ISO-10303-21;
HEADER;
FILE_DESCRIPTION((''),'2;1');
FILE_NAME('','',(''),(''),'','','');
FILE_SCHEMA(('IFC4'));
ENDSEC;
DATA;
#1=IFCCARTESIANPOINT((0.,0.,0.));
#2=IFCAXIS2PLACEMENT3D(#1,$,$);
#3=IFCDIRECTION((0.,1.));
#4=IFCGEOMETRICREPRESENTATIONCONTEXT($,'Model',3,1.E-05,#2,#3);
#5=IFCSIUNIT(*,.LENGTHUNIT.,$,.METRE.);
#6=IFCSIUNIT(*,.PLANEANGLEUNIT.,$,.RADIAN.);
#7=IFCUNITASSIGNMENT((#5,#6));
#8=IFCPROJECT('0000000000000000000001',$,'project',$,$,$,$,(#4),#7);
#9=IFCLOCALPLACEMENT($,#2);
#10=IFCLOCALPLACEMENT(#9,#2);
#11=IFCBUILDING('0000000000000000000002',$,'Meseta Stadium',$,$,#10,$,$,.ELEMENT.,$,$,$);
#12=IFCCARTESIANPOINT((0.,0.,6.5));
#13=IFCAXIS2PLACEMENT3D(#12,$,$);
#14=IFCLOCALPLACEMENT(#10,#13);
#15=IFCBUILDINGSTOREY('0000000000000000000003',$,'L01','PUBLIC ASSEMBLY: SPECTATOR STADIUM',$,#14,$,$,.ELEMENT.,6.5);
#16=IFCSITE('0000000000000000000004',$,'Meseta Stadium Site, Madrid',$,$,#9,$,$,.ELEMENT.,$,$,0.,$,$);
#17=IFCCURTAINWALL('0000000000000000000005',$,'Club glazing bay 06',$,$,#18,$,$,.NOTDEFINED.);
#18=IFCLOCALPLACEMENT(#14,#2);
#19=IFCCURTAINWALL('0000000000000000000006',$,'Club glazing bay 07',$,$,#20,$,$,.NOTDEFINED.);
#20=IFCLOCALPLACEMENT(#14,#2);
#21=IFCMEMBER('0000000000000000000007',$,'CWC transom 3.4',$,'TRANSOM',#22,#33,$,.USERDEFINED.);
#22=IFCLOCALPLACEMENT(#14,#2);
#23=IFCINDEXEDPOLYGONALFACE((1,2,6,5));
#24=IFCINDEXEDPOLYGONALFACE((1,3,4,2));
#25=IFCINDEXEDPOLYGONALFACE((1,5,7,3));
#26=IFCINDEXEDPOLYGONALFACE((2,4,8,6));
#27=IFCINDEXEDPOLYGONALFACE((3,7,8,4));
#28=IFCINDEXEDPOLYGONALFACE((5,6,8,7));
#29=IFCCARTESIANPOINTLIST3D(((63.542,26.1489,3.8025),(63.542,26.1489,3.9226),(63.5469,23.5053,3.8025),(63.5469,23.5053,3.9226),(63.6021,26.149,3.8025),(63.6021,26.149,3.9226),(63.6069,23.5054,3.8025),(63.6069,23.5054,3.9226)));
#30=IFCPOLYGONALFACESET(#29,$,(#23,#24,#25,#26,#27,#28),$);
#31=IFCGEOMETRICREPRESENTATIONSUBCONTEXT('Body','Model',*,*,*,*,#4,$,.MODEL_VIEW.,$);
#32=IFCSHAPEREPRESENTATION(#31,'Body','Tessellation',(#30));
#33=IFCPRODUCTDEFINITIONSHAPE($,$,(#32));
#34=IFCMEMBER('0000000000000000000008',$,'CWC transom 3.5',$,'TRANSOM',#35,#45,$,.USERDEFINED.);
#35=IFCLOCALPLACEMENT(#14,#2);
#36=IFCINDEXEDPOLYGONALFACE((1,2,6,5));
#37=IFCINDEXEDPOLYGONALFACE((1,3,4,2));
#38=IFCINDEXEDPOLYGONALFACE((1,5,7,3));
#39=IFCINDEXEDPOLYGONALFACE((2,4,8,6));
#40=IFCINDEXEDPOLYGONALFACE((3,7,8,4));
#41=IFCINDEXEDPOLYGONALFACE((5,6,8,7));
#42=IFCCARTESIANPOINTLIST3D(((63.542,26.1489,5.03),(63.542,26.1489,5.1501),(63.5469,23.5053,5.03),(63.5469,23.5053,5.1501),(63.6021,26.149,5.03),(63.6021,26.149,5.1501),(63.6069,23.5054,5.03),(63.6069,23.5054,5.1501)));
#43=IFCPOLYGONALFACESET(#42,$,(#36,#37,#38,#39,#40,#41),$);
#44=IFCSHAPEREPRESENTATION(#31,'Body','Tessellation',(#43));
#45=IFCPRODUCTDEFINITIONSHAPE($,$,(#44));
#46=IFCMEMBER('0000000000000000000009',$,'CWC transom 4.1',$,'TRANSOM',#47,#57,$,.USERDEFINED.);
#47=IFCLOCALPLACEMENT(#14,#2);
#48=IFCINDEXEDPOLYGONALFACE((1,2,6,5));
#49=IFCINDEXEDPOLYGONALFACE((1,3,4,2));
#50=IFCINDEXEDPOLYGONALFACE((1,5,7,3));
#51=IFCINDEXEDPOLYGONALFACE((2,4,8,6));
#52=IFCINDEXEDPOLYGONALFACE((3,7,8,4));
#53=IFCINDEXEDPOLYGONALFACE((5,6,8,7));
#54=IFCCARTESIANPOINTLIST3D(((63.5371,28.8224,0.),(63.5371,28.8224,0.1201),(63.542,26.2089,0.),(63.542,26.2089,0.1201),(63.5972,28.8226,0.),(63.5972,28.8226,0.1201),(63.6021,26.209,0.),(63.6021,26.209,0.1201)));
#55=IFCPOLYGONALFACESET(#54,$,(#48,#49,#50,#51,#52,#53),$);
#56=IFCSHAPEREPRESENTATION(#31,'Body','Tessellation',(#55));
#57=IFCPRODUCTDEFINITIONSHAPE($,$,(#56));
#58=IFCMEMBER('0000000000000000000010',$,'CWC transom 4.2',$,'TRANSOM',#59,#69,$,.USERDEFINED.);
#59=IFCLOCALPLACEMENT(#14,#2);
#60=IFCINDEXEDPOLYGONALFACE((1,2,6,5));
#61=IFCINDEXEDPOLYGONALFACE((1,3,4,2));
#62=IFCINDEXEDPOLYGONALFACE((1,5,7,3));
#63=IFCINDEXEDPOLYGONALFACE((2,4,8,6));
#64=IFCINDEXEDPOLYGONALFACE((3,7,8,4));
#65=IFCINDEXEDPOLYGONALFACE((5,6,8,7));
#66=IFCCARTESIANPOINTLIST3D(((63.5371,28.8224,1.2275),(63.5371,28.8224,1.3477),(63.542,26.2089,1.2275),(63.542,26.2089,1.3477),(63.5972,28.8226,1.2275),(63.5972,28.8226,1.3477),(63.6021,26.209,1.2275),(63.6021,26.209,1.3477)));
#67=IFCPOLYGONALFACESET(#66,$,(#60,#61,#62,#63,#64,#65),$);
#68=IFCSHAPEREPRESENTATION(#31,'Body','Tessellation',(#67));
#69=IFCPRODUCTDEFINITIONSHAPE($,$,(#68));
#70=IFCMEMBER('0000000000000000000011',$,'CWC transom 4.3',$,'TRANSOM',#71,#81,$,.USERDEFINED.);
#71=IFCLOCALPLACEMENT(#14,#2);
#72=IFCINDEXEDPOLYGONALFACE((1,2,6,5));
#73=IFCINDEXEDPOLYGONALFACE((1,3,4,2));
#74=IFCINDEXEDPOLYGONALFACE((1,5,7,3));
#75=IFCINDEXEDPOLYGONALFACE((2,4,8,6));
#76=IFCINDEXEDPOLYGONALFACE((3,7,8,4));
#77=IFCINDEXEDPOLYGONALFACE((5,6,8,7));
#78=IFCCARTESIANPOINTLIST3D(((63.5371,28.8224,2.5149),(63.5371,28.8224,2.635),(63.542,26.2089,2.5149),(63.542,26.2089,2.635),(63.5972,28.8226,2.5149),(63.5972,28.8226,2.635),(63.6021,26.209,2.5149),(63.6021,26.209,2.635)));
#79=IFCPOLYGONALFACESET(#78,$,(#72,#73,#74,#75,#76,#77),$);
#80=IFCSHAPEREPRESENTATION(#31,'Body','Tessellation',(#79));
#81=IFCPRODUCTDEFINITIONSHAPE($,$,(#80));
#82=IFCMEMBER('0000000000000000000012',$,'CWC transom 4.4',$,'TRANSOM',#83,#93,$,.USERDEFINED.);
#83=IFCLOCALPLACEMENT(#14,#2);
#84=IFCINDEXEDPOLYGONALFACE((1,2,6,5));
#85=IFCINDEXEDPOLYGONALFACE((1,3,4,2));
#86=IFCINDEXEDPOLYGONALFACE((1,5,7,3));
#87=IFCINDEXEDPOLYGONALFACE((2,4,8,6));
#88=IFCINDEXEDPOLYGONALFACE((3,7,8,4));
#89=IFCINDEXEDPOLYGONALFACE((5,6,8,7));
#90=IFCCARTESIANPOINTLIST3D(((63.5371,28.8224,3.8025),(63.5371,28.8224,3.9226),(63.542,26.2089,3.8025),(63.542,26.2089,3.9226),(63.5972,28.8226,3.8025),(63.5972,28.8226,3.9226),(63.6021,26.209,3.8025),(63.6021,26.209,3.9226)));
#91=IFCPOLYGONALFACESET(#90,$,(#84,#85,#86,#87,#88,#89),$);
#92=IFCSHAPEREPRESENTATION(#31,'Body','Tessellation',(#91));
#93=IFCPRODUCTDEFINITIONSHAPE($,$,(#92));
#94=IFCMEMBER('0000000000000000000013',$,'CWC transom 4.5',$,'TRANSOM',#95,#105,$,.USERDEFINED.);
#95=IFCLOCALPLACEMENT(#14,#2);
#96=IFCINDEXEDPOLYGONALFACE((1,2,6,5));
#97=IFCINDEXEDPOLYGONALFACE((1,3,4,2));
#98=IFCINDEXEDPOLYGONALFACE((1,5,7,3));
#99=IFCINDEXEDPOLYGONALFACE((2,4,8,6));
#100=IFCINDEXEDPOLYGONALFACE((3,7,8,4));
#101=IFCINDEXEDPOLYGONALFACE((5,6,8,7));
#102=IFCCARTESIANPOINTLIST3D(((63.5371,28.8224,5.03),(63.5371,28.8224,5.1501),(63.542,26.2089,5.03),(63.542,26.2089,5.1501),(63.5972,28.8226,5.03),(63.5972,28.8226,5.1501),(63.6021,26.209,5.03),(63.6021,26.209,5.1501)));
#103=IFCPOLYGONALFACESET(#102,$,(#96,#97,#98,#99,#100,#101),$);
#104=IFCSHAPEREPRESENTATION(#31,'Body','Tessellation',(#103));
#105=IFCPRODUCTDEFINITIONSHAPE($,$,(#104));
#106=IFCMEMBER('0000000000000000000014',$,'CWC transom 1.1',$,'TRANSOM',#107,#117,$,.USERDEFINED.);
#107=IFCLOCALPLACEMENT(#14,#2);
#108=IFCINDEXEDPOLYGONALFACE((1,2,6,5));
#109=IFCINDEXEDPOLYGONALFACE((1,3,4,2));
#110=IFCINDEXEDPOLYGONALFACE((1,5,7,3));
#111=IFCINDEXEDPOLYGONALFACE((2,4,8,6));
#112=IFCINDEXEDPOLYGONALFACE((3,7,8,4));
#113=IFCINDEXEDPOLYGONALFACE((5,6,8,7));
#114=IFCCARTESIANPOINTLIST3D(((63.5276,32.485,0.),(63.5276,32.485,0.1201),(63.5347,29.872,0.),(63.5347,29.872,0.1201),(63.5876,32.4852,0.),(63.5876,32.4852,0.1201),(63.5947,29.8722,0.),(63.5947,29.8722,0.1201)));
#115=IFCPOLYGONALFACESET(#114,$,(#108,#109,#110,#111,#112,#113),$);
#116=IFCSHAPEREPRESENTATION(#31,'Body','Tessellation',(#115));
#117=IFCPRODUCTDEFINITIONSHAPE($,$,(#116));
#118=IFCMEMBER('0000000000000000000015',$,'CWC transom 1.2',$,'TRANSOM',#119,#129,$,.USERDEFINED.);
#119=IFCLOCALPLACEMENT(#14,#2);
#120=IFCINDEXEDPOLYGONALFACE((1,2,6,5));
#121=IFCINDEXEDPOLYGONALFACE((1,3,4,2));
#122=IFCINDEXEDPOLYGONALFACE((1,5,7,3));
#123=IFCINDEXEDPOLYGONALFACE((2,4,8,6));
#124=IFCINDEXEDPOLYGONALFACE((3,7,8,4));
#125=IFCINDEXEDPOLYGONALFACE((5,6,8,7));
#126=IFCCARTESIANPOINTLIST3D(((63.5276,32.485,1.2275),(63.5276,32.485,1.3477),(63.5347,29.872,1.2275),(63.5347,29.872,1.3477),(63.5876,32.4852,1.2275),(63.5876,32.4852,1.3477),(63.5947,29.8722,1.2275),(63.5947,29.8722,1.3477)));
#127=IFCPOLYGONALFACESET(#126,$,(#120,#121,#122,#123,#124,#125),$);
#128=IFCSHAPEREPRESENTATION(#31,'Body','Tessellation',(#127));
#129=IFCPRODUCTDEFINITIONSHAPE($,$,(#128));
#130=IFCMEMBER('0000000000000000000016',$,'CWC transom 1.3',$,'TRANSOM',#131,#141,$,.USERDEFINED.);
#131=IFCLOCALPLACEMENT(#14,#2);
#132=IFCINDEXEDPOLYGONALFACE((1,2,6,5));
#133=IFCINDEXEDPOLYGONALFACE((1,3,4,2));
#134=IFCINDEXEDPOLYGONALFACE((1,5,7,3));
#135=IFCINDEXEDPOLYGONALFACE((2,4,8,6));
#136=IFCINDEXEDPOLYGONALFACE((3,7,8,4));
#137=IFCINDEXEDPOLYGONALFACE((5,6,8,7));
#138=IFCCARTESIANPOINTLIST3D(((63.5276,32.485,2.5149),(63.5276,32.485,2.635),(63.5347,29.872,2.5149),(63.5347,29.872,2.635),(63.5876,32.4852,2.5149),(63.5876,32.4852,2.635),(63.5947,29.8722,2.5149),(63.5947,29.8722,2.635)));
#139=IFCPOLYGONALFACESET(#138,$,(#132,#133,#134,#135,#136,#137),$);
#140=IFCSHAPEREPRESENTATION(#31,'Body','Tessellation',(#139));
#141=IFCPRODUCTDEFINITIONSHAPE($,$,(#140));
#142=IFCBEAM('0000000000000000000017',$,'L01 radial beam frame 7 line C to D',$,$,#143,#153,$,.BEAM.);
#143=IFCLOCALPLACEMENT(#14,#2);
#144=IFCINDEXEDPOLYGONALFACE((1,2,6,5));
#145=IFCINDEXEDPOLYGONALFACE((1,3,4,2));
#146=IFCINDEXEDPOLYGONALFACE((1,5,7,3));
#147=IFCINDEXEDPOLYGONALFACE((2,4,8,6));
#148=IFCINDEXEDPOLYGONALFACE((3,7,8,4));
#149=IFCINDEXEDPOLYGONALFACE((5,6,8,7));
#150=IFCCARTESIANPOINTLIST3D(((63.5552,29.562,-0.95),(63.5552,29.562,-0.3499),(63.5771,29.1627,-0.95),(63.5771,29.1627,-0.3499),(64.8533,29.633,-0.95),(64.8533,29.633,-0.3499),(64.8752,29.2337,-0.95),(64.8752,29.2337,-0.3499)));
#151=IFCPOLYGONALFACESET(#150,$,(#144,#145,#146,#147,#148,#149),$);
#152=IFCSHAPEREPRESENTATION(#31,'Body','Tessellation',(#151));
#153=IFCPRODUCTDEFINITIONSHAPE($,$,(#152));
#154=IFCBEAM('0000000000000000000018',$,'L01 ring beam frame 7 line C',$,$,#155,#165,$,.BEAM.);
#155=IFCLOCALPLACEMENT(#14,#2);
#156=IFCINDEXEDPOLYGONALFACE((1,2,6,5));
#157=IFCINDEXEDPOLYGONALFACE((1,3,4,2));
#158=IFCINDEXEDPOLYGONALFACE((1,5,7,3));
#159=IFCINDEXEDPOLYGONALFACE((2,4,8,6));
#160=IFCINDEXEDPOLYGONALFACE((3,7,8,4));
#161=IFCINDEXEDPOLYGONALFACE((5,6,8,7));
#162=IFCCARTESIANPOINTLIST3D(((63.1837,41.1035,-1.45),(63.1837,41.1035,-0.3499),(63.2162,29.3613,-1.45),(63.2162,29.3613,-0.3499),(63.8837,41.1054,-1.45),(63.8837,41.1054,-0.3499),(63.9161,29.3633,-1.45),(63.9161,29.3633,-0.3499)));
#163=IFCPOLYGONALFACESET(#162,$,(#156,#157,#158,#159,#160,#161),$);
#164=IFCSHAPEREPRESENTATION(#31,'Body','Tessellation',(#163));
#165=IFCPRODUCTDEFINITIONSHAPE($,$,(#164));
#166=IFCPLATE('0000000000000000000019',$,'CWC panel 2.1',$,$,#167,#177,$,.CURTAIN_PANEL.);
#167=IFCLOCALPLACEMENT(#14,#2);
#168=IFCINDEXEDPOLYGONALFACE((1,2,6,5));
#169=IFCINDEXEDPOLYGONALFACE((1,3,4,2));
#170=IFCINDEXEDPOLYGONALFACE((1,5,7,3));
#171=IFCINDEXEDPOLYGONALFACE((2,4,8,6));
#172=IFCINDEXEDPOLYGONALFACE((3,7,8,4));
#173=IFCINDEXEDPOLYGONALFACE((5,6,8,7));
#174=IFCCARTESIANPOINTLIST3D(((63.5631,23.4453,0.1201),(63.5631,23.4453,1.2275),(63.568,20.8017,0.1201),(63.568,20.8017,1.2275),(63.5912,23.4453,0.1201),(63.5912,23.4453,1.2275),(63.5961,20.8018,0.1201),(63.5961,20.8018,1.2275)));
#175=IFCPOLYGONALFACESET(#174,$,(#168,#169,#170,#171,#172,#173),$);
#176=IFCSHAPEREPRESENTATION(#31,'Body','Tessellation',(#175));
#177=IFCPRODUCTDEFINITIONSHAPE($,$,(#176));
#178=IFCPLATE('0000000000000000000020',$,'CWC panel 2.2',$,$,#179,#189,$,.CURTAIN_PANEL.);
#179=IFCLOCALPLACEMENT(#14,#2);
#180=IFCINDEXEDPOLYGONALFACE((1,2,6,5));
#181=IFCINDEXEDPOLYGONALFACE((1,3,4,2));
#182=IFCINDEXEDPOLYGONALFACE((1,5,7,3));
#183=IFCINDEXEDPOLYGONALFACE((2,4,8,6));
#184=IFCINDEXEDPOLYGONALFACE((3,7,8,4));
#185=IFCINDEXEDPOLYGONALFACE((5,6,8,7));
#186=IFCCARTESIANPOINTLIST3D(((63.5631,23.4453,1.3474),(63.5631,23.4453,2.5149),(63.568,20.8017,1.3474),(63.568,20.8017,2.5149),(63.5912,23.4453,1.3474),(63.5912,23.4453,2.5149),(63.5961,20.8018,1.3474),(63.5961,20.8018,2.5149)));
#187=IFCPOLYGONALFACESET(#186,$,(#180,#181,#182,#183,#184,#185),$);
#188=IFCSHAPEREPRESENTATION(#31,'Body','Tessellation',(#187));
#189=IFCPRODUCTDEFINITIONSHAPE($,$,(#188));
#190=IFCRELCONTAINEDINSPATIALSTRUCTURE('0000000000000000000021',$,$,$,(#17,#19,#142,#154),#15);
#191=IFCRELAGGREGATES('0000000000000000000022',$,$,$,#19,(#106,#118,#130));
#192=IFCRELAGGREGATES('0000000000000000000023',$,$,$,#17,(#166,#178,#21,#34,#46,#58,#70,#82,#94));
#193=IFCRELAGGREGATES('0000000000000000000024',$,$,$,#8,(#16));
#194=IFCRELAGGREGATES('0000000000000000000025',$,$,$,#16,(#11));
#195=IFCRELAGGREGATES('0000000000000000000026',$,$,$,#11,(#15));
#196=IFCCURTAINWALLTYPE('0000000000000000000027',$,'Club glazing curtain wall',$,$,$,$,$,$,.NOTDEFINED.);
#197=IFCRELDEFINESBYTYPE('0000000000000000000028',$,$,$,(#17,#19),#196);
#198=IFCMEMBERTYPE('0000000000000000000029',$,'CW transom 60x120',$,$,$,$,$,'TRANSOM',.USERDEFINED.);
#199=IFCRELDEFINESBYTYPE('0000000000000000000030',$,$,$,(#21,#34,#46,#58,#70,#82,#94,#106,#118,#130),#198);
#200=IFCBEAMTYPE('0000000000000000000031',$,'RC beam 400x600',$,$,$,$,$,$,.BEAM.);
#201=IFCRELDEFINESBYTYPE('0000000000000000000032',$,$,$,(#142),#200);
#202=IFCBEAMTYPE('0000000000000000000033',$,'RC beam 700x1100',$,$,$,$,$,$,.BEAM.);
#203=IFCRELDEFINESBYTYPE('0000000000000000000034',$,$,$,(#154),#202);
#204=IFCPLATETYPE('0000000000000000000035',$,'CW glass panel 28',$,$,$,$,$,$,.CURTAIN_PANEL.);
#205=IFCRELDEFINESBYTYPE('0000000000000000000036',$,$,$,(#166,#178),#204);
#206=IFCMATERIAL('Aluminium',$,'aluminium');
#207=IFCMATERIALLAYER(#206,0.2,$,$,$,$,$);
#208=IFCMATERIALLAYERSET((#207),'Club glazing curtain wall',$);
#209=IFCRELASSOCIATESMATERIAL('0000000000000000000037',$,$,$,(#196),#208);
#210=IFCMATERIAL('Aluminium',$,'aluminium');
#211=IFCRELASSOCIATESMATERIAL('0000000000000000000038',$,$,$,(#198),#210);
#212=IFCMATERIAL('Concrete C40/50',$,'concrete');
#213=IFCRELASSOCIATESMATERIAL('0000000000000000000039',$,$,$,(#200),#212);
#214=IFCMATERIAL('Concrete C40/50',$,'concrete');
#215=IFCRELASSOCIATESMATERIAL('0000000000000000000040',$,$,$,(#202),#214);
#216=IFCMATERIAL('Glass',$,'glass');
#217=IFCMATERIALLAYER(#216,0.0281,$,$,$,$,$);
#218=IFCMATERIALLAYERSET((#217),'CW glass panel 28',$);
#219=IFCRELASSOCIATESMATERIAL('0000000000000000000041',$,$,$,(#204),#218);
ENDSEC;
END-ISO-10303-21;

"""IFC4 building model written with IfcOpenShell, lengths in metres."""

from ifc_helpers import new_model, si_unit, direction, frame, origin, origin_2d, place, context, subcontext, project, spatial, rectangle, extrude, material, layer, layer_set, material_profile, profile_set, type_object, element, aggregate, save


model = new_model("IFC4")

# Units and contexts
model_context = context("Model", 3, precision=1e-05, world=origin(), true_north=direction((0.0, 1.0)))
body_context = subcontext(model_context, "Body", "Model", "MODEL_VIEW")
ifc_project = project(units=[si_unit("LENGTHUNIT", "METRE"), si_unit("PLANEANGLEUNIT", "RADIAN")], contexts=[model_context])

# Site, building, storey
site_placement = place(None, origin())
site = spatial("IfcSite", under=ifc_project, at=site_placement, Name="Meseta Stadium Site, Madrid", CompositionType="ELEMENT", RefElevation=0.0)
building_placement = place(site_placement, origin())
building = spatial("IfcBuilding", under=site, at=building_placement, Name="Meseta Stadium", CompositionType="ELEMENT")
storey_placement = place(building_placement, frame((0.0, 0.0, 6.5)))
storey = spatial("IfcBuildingStorey", under=building, at=storey_placement, Name="L01", Description="PUBLIC ASSEMBLY: SPECTATOR STADIUM", CompositionType="ELEMENT", Elevation=6.5)

# Curtain wall
ifc_material_1 = material(Name="Aluminium", Category="aluminium")
ifc_layer_1 = layer(ifc_material_1, 0.2)
ifc_layer_set_1 = layer_set([ifc_layer_1], Name="Club glazing curtain wall")
curtain_wall_type = type_object("IfcCurtainWallType", Name="Club glazing curtain wall", PredefinedType="NOTDEFINED", material=ifc_layer_set_1)
curtain_wall_1_placement = place(storey_placement, origin())
curtain_wall_1 = element("IfcCurtainWall", 1, at=curtain_wall_1_placement, inside=storey, type_object=curtain_wall_type, Name="Club glazing bay 06", PredefinedType="NOTDEFINED")

# Curtain wall
curtain_wall_2_placement = place(storey_placement, origin())
curtain_wall_2 = element("IfcCurtainWall", 2, at=curtain_wall_2_placement, inside=storey, type_object=curtain_wall_type, Name="Club glazing bay 07", PredefinedType="NOTDEFINED")

# Members
ifc_material_2 = material(Name="Aluminium", Category="aluminium")
ifc_material_profile_1 = material_profile(ifc_material_2, rectangle(XDim=0.0601, YDim=0.1201, at=origin_2d()), Name="CW 60x120")
ifc_profile_set_1 = profile_set([ifc_material_profile_1], Name="Aluminium")
member_type_1 = type_object("IfcMemberType", Name="CW transom 60x120", ElementType="TRANSOM", PredefinedType="USERDEFINED", material=ifc_profile_set_1)
member_1_placement = place(storey_placement, frame((63.5769, 23.5054, 3.8625), z_axis=(-0.001847, 0.999998, 0.0), x_axis=(-0.999998, -0.001847, 0.0)))
member_1 = element("IfcMember", 3, at=member_1_placement, type_object=member_type_1, Name="CWC transom 3.4", ObjectType="TRANSOM", PredefinedType="USERDEFINED", context=body_context, shape_type="SweptSolid", body=[
    extrude(rectangle(XDim=0.0601, YDim=0.1201, at=origin_2d()), origin(), (0.0, 0.0, 1.0), 2.6436),
])
member_2_placement = place(storey_placement, frame((63.5769, 23.5054, 5.0901), z_axis=(-0.001847, 0.999998, 0.0), x_axis=(-0.999998, -0.001847, 0.0)))
member_2 = element("IfcMember", 4, at=member_2_placement, type_object=member_type_1, Name="CWC transom 3.5", ObjectType="TRANSOM", PredefinedType="USERDEFINED", context=body_context, shape_type="SweptSolid", body=[
    extrude(rectangle(XDim=0.0601, YDim=0.1201, at=origin_2d()), origin(), (0.0, 0.0, 1.0), 2.6436),
])
member_3_placement = place(storey_placement, frame((63.572, 26.209, 0.0601), z_axis=(-0.001868, 0.999998, 0.0), x_axis=(-0.999998, -0.001868, 0.0)))
member_3 = element("IfcMember", 5, at=member_3_placement, type_object=member_type_1, Name="CWC transom 4.1", ObjectType="TRANSOM", PredefinedType="USERDEFINED", context=body_context, shape_type="SweptSolid", body=[
    extrude(rectangle(XDim=0.0601, YDim=0.1201, at=origin_2d()), origin(), (0.0, 0.0, 1.0), 2.6135),
])
member_4_placement = place(storey_placement, frame((63.572, 26.209, 1.2876), z_axis=(-0.001868, 0.999998, 0.0), x_axis=(-0.999998, -0.001868, 0.0)))
member_4 = element("IfcMember", 6, at=member_4_placement, type_object=member_type_1, Name="CWC transom 4.2", ObjectType="TRANSOM", PredefinedType="USERDEFINED", context=body_context, shape_type="SweptSolid", body=[
    extrude(rectangle(XDim=0.0601, YDim=0.1201, at=origin_2d()), origin(), (0.0, 0.0, 1.0), 2.6135),
])
member_5_placement = place(storey_placement, frame((63.572, 26.209, 2.575), z_axis=(-0.001868, 0.999998, 0.0), x_axis=(-0.999998, -0.001868, 0.0)))
member_5 = element("IfcMember", 7, at=member_5_placement, type_object=member_type_1, Name="CWC transom 4.3", ObjectType="TRANSOM", PredefinedType="USERDEFINED", context=body_context, shape_type="SweptSolid", body=[
    extrude(rectangle(XDim=0.0601, YDim=0.1201, at=origin_2d()), origin(), (0.0, 0.0, 1.0), 2.6135),
])
member_6_placement = place(storey_placement, frame((63.572, 26.209, 3.8625), z_axis=(-0.001868, 0.999998, 0.0), x_axis=(-0.999998, -0.001868, 0.0)))
member_6 = element("IfcMember", 8, at=member_6_placement, type_object=member_type_1, Name="CWC transom 4.4", ObjectType="TRANSOM", PredefinedType="USERDEFINED", context=body_context, shape_type="SweptSolid", body=[
    extrude(rectangle(XDim=0.0601, YDim=0.1201, at=origin_2d()), origin(), (0.0, 0.0, 1.0), 2.6135),
])
member_7_placement = place(storey_placement, frame((63.572, 26.209, 5.0901), z_axis=(-0.001868, 0.999998, 0.0), x_axis=(-0.999998, -0.001868, 0.0)))
member_7 = element("IfcMember", 9, at=member_7_placement, type_object=member_type_1, Name="CWC transom 4.5", ObjectType="TRANSOM", PredefinedType="USERDEFINED", context=body_context, shape_type="SweptSolid", body=[
    extrude(rectangle(XDim=0.0601, YDim=0.1201, at=origin_2d()), origin(), (0.0, 0.0, 1.0), 2.6135),
])
member_8_placement = place(storey_placement, frame((63.5647, 29.8721, 0.0601), z_axis=(-0.00271, 0.999996, 0.0), x_axis=(-0.999996, -0.00271, 0.0)))
member_8 = element("IfcMember", 10, at=member_8_placement, type_object=member_type_1, Name="CWC transom 1.1", ObjectType="TRANSOM", PredefinedType="USERDEFINED", context=body_context, shape_type="SweptSolid", body=[
    extrude(rectangle(XDim=0.0601, YDim=0.1201, at=origin_2d()), origin(), (0.0, 0.0, 1.0), 2.613),
])
member_9_placement = place(storey_placement, frame((63.5647, 29.8721, 1.2876), z_axis=(-0.00271, 0.999996, 0.0), x_axis=(-0.999996, -0.00271, 0.0)))
member_9 = element("IfcMember", 11, at=member_9_placement, type_object=member_type_1, Name="CWC transom 1.2", ObjectType="TRANSOM", PredefinedType="USERDEFINED", context=body_context, shape_type="SweptSolid", body=[
    extrude(rectangle(XDim=0.0601, YDim=0.1201, at=origin_2d()), origin(), (0.0, 0.0, 1.0), 2.613),
])
member_10_placement = place(storey_placement, frame((63.5647, 29.8721, 2.575), z_axis=(-0.00271, 0.999996, 0.0), x_axis=(-0.999996, -0.00271, 0.0)))
member_10 = element("IfcMember", 12, at=member_10_placement, type_object=member_type_1, Name="CWC transom 1.3", ObjectType="TRANSOM", PredefinedType="USERDEFINED", context=body_context, shape_type="SweptSolid", body=[
    extrude(rectangle(XDim=0.0601, YDim=0.1201, at=origin_2d()), origin(), (0.0, 0.0, 1.0), 2.613),
])
aggregate(curtain_wall_2, [member_8, member_9, member_10])

# Beams
ifc_material_3 = material(Name="Concrete C40/50", Category="concrete")
ifc_material_profile_2 = material_profile(ifc_material_3, rectangle(XDim=0.3999, YDim=0.6001, at=origin_2d()), Name="RC 400x600")
ifc_profile_set_2 = profile_set([ifc_material_profile_2], Name="Concrete C40/50")
beam_type_1 = type_object("IfcBeamType", Name="RC beam 400x600", PredefinedType="BEAM", material=ifc_profile_set_2)
beam_1_placement = place(storey_placement, frame((63.5662, 29.3623, -0.6499), z_axis=(0.998506, 0.054648, 0.0), x_axis=(-0.054648, 0.998506, 0.0)))
element("IfcBeam", 13, at=beam_1_placement, inside=storey, type_object=beam_type_1, Name="L01 radial beam frame 7 line C to D", PredefinedType="BEAM", context=body_context, shape_type="SweptSolid", body=[
    extrude(rectangle(XDim=0.3999, YDim=0.6001, at=origin_2d()), origin(), (0.0, 0.0, 1.0), 1.3),
])
ifc_material_4 = material(Name="Concrete C40/50", Category="concrete")
ifc_material_profile_3 = material_profile(ifc_material_4, rectangle(XDim=0.7, YDim=1.1001, at=origin_2d()), Name="RC 700x1100")
ifc_profile_set_3 = profile_set([ifc_material_profile_3], Name="Concrete C40/50")
beam_type_2 = type_object("IfcBeamType", Name="RC beam 700x1100", PredefinedType="BEAM", material=ifc_profile_set_3)
beam_2_placement = place(storey_placement, frame((63.5662, 29.3623, -0.8999), z_axis=(-0.002765, 0.999996, 0.0), x_axis=(-0.999996, -0.002765, 0.0)))
element("IfcBeam", 14, at=beam_2_placement, inside=storey, type_object=beam_type_2, Name="L01 ring beam frame 7 line C", PredefinedType="BEAM", context=body_context, shape_type="SweptSolid", body=[
    extrude(rectangle(XDim=0.7, YDim=1.1001, at=origin_2d()), origin(), (0.0, 0.0, 1.0), 11.7422),
])

# Plates
ifc_material_5 = material(Name="Glass", Category="glass")
ifc_layer_2 = layer(ifc_material_5, 0.0281)
ifc_layer_set_2 = layer_set([ifc_layer_2], Name="CW glass panel 28")
plate_type = type_object("IfcPlateType", Name="CW glass panel 28", PredefinedType="CURTAIN_PANEL", material=ifc_layer_set_2)
plate_1_placement = place(storey_placement, frame((63.5796, 22.1235, 0.1201), z_axis=(0.0, 0.0, 1.0), x_axis=(-0.001845, 0.999998, 0.0)))
plate_1 = element("IfcPlate", 15, at=plate_1_placement, type_object=plate_type, Name="CWC panel 2.1", PredefinedType="CURTAIN_PANEL", context=body_context, shape_type="SweptSolid", body=[
    extrude(rectangle(XDim=2.6436, YDim=0.0281, at=origin_2d()), origin(), (0.0, 0.0, 1.0), 1.1074),
])
plate_2_placement = place(storey_placement, frame((63.5796, 22.1235, 1.3474), z_axis=(0.0, 0.0, 1.0), x_axis=(-0.001845, 0.999998, 0.0)))
plate_2 = element("IfcPlate", 16, at=plate_2_placement, type_object=plate_type, Name="CWC panel 2.2", PredefinedType="CURTAIN_PANEL", context=body_context, shape_type="SweptSolid", body=[
    extrude(rectangle(XDim=2.6436, YDim=0.0281, at=origin_2d()), origin(), (0.0, 0.0, 1.0), 1.1675),
])
aggregate(curtain_wall_1, [plate_1, plate_2, member_1, member_2, member_3, member_4, member_5, member_6, member_7])

save(model, "model.ifc")
